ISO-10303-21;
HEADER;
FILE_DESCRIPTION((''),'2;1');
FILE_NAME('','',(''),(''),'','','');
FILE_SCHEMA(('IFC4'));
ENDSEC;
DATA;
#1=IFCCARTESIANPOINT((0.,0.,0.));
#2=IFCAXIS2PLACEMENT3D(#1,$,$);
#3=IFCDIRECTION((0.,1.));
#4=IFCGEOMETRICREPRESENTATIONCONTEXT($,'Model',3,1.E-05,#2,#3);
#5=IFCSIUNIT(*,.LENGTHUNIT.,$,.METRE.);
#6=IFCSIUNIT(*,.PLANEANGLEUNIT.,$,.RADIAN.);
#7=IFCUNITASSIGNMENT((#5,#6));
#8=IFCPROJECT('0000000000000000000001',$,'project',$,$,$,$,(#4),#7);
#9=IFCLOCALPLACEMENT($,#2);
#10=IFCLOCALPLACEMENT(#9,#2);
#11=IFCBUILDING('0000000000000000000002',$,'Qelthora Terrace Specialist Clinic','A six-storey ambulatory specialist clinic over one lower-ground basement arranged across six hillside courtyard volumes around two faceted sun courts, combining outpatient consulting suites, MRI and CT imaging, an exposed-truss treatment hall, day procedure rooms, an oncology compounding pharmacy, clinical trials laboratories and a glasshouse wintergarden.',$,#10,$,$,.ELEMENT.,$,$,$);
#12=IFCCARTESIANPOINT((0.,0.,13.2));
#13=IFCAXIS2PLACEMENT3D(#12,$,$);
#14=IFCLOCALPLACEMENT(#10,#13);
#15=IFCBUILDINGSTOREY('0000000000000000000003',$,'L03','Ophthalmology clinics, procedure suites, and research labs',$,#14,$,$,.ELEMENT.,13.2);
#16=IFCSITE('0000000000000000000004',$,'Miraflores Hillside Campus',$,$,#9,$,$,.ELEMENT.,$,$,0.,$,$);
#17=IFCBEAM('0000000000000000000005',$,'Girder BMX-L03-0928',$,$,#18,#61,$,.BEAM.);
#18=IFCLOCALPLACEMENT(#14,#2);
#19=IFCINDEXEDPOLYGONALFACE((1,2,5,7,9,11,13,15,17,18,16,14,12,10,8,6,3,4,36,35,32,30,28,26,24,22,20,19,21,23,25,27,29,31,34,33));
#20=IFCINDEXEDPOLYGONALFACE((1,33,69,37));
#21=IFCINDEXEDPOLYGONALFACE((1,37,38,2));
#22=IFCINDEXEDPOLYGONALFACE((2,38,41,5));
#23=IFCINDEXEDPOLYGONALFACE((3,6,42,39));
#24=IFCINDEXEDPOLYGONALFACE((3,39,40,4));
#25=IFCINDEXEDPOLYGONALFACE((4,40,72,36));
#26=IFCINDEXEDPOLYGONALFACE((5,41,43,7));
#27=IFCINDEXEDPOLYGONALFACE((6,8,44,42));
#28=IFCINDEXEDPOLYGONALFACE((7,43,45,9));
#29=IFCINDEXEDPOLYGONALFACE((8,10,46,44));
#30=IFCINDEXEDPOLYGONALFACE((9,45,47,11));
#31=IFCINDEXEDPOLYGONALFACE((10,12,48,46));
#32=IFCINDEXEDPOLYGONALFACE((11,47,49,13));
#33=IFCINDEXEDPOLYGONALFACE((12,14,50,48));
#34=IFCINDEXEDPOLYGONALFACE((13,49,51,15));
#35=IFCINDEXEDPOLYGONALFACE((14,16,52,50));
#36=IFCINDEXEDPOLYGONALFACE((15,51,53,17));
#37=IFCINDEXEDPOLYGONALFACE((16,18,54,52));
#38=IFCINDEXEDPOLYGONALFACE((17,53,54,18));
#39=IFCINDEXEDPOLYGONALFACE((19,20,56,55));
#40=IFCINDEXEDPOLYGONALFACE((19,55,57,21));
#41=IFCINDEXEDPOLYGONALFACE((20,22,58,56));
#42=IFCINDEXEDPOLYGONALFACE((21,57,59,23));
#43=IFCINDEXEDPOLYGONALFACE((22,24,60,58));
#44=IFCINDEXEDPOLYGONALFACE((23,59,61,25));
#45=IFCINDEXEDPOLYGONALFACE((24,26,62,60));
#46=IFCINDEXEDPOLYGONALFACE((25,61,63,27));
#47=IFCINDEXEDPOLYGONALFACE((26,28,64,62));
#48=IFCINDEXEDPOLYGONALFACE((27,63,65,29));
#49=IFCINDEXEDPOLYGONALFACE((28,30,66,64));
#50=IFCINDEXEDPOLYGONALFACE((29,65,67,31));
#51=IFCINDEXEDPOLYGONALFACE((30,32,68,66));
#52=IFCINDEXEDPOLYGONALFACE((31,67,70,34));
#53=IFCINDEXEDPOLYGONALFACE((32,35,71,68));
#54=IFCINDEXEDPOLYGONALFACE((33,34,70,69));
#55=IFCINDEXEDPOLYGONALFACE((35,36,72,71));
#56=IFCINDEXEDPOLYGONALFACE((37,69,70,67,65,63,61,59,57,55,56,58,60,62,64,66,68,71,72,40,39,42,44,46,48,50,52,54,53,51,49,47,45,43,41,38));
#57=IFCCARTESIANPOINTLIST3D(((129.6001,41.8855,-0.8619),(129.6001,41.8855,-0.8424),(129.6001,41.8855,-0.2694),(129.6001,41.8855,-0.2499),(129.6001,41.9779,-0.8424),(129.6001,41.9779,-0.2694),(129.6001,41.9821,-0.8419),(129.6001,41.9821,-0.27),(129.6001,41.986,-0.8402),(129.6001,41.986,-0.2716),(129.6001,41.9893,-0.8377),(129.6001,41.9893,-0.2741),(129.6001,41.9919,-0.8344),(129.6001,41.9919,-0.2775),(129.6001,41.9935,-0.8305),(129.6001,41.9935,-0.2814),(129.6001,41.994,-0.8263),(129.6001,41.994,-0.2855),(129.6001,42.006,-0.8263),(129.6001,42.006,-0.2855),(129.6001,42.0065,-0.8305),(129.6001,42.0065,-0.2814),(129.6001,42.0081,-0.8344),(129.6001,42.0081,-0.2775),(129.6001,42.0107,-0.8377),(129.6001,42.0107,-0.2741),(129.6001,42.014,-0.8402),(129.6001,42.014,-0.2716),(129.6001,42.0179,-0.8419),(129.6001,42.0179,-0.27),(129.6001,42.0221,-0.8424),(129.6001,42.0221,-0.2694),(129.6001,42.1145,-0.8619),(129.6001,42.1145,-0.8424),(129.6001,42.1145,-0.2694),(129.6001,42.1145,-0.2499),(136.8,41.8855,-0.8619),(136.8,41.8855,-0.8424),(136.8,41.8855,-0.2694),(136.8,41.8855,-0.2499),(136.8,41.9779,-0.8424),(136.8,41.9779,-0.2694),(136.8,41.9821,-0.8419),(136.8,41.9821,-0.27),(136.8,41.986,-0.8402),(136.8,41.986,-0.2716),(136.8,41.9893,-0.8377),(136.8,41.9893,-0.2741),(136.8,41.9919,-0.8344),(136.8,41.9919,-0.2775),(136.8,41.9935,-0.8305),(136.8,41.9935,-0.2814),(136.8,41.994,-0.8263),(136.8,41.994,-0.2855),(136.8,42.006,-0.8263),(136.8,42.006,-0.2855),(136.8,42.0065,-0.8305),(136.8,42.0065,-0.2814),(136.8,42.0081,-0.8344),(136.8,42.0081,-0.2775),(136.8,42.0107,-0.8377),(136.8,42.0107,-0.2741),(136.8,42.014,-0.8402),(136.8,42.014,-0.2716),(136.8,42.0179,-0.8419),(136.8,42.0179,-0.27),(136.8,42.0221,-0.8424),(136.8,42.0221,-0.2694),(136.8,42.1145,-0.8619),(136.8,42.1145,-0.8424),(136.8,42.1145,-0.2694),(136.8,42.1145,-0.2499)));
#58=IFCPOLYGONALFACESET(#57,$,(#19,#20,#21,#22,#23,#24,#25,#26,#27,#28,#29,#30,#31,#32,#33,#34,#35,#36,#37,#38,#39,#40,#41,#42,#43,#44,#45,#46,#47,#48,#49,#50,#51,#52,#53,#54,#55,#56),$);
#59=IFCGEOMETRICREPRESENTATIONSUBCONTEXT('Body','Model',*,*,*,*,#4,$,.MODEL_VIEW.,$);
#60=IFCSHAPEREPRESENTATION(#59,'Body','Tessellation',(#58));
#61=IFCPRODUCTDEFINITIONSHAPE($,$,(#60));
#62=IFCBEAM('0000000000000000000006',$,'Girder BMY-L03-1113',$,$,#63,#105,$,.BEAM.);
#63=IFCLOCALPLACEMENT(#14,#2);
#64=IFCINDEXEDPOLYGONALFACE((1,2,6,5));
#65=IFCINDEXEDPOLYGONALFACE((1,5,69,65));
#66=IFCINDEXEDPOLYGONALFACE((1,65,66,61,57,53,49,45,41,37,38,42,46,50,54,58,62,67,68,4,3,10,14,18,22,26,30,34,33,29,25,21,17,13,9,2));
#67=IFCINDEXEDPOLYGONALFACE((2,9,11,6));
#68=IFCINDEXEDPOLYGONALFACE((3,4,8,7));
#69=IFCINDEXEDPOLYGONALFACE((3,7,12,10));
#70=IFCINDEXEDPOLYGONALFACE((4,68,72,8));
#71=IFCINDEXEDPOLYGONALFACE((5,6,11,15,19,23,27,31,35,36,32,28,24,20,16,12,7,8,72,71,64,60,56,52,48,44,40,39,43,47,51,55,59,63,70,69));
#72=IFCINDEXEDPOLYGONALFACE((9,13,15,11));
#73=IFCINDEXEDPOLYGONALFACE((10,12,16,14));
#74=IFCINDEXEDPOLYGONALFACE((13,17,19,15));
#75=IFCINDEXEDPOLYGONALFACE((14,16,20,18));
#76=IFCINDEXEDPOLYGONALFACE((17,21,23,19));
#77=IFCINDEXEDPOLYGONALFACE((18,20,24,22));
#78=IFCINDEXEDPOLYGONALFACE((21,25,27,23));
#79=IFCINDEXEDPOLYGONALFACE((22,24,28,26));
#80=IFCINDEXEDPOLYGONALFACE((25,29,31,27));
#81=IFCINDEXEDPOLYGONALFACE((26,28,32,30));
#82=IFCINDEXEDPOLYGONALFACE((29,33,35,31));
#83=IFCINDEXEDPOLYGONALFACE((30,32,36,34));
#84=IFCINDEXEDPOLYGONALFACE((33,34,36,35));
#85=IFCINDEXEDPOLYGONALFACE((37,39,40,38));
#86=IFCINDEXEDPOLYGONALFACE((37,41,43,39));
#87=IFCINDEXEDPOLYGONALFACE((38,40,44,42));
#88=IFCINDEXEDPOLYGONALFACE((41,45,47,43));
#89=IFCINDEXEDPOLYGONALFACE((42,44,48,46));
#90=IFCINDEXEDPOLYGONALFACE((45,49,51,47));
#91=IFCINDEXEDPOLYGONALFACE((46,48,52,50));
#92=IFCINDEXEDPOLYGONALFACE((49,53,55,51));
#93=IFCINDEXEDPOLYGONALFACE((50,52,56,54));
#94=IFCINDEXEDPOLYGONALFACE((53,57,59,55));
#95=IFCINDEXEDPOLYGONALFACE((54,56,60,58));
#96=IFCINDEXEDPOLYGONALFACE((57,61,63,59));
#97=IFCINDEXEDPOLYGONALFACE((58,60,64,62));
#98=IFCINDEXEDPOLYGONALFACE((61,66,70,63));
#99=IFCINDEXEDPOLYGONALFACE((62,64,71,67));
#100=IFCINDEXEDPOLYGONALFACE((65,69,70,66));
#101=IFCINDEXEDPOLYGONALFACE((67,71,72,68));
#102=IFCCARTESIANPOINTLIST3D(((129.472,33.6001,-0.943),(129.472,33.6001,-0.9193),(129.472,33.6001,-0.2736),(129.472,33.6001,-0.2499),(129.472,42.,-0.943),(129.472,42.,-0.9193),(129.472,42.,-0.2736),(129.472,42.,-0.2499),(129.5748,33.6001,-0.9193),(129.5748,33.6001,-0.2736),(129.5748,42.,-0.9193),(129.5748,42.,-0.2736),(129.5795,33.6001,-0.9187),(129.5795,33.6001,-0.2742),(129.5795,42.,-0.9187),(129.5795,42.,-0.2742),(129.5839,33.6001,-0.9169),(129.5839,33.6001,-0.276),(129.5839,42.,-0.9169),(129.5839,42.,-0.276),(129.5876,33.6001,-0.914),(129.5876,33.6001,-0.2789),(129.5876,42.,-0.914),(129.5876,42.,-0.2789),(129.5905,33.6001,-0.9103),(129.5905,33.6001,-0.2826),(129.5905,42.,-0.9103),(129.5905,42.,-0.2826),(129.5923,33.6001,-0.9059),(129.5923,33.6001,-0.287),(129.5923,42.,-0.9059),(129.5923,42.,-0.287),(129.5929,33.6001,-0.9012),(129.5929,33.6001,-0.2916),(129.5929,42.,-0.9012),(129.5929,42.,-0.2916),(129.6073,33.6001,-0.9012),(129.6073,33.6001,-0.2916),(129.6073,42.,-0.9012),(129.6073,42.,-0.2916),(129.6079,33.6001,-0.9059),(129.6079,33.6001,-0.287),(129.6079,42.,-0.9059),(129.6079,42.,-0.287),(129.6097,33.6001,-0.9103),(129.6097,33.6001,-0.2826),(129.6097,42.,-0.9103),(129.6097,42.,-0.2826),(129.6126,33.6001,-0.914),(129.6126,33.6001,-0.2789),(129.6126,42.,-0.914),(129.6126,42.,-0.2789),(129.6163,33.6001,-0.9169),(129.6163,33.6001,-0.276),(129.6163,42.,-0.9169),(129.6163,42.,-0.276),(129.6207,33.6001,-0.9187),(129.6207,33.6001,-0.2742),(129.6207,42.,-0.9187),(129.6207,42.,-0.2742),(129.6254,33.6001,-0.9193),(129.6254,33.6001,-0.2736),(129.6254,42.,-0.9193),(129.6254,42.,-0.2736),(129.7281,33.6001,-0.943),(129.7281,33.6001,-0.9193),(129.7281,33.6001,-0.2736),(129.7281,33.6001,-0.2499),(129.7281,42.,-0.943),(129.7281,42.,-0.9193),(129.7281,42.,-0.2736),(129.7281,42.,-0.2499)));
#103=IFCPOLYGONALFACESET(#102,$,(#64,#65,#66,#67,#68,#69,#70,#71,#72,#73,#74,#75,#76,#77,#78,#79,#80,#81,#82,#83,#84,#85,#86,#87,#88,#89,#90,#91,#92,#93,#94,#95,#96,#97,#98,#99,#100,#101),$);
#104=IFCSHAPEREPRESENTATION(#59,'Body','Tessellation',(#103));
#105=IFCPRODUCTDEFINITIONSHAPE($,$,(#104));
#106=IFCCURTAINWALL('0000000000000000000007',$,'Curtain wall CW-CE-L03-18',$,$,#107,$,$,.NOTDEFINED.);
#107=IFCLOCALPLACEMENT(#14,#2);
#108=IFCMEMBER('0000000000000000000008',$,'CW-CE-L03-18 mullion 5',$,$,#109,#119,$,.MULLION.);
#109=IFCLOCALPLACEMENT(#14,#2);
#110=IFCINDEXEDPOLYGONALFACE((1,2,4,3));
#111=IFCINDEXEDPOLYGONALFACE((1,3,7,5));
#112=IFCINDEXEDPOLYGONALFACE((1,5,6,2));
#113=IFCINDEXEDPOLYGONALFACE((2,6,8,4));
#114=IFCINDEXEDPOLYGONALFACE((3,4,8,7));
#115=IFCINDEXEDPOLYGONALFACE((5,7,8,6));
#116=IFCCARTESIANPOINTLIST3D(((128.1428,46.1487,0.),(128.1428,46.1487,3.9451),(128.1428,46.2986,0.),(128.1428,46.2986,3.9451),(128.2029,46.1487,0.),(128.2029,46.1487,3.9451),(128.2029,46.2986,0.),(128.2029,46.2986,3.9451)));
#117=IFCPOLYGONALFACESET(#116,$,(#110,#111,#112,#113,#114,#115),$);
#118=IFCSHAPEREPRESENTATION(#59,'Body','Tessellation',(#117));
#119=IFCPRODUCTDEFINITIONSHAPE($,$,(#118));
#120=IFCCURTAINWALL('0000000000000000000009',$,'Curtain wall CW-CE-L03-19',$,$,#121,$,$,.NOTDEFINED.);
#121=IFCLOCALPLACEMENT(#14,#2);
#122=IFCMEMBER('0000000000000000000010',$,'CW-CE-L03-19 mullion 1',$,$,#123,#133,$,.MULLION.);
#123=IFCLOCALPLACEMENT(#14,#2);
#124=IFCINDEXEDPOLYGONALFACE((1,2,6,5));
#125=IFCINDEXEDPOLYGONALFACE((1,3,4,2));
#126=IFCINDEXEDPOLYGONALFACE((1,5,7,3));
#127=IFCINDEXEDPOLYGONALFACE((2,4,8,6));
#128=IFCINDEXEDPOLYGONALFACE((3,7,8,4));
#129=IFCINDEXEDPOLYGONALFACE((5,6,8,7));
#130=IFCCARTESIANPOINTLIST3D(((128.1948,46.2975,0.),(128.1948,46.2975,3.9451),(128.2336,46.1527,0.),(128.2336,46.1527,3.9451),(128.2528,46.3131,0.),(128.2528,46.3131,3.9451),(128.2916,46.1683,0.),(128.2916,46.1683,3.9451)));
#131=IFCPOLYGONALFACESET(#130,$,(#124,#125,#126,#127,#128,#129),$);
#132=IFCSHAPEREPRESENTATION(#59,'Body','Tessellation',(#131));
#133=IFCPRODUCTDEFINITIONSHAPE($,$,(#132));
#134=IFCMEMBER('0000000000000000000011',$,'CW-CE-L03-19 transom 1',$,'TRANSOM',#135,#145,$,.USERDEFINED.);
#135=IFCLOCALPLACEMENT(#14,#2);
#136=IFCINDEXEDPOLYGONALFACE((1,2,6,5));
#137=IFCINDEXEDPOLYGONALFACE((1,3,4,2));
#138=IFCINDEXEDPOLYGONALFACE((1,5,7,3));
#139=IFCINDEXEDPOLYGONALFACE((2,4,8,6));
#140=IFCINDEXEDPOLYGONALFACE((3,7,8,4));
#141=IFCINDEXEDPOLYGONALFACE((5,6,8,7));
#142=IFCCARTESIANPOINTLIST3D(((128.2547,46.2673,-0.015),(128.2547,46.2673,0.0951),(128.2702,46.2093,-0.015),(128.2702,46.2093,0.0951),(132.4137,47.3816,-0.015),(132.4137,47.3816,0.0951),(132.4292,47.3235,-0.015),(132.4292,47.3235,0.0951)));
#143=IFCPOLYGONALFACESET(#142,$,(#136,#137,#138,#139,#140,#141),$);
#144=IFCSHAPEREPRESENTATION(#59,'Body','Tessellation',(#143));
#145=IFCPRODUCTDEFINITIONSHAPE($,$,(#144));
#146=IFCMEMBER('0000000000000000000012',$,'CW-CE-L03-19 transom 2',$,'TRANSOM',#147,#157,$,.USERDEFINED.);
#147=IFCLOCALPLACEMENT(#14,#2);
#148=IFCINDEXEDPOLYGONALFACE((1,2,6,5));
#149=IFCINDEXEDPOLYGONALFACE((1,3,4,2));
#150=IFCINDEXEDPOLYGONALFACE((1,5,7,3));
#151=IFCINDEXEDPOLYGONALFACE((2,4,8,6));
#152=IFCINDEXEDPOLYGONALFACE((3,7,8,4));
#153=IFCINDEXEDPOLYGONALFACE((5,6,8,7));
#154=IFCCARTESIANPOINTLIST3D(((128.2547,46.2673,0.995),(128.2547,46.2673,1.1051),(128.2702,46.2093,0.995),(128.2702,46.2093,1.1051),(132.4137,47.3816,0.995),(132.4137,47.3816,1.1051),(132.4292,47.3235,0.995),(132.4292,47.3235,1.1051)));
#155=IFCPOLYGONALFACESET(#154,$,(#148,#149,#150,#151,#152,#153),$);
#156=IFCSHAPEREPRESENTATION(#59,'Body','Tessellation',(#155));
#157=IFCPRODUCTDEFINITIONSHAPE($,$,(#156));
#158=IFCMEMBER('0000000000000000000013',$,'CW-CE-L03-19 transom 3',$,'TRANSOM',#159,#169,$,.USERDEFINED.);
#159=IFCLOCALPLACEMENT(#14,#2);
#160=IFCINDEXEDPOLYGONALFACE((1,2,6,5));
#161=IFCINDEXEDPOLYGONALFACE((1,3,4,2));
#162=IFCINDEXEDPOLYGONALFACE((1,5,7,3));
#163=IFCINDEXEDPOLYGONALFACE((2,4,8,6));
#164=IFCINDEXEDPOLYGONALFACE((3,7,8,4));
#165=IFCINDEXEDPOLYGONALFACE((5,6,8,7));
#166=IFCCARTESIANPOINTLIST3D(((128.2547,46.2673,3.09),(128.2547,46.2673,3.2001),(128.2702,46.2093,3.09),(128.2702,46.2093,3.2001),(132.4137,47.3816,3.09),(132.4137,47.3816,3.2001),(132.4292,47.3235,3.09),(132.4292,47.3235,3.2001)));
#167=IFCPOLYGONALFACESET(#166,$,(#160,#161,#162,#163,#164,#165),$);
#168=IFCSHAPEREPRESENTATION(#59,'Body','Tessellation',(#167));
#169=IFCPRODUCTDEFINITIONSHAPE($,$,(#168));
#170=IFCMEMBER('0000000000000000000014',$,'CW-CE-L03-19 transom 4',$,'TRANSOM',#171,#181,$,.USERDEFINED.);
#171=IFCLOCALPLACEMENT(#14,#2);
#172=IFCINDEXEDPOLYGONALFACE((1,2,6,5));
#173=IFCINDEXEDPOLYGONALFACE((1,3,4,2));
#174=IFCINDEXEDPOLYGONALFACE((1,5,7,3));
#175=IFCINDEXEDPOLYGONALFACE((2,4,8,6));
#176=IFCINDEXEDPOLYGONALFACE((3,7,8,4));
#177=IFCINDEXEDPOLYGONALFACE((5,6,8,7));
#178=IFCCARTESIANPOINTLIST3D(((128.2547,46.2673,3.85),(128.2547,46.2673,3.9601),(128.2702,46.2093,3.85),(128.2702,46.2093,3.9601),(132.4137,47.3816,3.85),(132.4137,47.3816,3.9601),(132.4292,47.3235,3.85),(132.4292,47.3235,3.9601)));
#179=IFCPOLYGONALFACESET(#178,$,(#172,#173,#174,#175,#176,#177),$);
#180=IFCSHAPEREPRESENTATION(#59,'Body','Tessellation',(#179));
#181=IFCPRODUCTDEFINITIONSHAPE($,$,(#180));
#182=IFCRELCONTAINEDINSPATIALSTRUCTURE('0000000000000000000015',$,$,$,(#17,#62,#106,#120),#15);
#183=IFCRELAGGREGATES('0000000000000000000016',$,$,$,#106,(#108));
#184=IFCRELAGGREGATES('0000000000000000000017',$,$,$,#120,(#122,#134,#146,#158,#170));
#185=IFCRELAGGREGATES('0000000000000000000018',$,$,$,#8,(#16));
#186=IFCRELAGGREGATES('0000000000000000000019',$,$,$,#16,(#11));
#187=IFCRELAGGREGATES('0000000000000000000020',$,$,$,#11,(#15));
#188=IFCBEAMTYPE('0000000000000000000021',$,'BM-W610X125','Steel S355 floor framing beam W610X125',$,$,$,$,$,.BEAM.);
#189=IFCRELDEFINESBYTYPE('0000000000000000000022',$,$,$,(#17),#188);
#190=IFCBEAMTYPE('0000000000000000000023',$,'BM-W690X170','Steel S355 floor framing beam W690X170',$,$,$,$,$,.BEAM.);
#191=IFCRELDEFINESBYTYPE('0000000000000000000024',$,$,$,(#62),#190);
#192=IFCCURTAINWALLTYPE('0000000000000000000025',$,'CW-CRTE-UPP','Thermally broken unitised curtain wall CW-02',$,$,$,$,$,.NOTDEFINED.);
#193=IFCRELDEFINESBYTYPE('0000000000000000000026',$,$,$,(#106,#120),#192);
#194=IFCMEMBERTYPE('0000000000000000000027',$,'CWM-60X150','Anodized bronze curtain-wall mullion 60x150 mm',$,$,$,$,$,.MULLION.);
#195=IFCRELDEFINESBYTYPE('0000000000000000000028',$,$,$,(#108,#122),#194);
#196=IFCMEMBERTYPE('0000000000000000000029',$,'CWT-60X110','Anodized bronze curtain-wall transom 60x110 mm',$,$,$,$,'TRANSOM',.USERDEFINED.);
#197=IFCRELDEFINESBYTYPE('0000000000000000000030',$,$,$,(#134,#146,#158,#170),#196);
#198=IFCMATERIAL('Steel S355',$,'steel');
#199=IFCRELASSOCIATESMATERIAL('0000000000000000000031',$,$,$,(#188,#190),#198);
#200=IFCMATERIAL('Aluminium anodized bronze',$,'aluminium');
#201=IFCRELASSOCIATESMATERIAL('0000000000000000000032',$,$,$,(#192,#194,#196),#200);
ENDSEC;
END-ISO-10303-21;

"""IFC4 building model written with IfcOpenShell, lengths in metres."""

from ifc_helpers import new_model, si_unit, direction, frame, origin, origin_2d, place, context, subcontext, project, spatial, rectangle, i_section, extrude, material, material_profile, profile_set, type_object, element, aggregate, save


model = new_model("IFC4")

# Units and contexts
model_context = context("Model", 3, precision=1e-05, world=origin(), true_north=direction((0.0, 1.0)))
body_context = subcontext(model_context, "Body", "Model", "MODEL_VIEW")
ifc_project = project(units=[si_unit("LENGTHUNIT", "METRE"), si_unit("PLANEANGLEUNIT", "RADIAN")], contexts=[model_context])

# Site, building, storey
site_placement = place(None, origin())
site = spatial("IfcSite", under=ifc_project, at=site_placement, Name="Miraflores Hillside Campus", CompositionType="ELEMENT", RefElevation=0.0)
building_placement = place(site_placement, origin())
building = spatial("IfcBuilding", under=site, at=building_placement, Name="Qelthora Terrace Specialist Clinic", Description="A six-storey ambulatory specialist clinic over one lower-ground basement arranged across six hillside courtyard volumes around two faceted sun courts, combining outpatient consulting suites, MRI and CT imaging, an exposed-truss treatment hall, day procedure rooms, an oncology compounding pharmacy, clinical trials laboratories and a glasshouse wintergarden.", CompositionType="ELEMENT")
storey_placement = place(building_placement, frame((0.0, 0.0, 13.2)))
storey = spatial("IfcBuildingStorey", under=building, at=storey_placement, Name="L03", Description="Ophthalmology clinics, procedure suites, and research labs", CompositionType="ELEMENT", Elevation=13.2)

# Shared definitions
ifc_material_1 = material(Name="Steel S355", Category="steel")

# Beams
ifc_material_profile_1 = material_profile(ifc_material_1, i_section(OverallWidth=0.229, OverallDepth=0.6121, WebThickness=0.012, FlangeThickness=0.0195, FilletRadius=0.0161, at=origin_2d()), Name="W610X125")
ifc_profile_set_1 = profile_set([ifc_material_profile_1], Name="Steel S355")
beam_type_1 = type_object("IfcBeamType", Name="BM-W610X125", Description="Steel S355 floor framing beam W610X125", PredefinedType="BEAM", material=ifc_profile_set_1)
beam_1_placement = place(storey_placement, frame((129.6001, 42.0, -0.5559), z_axis=(1.0, 0.0, 0.0), x_axis=(0.0, 1.0, 0.0)))
element("IfcBeam", 1, at=beam_1_placement, inside=storey, type_object=beam_type_1, Name="Girder BMX-L03-0928", PredefinedType="BEAM", context=body_context, shape_type="SweptSolid", body=[
    extrude(i_section(OverallWidth=0.229, OverallDepth=0.6121, WebThickness=0.012, FlangeThickness=0.0195, FilletRadius=0.0161, at=origin_2d()), origin(), (0.0, 0.0, 1.0), 7.2),
])
ifc_material_profile_2 = material_profile(ifc_material_1, i_section(OverallWidth=0.2561, OverallDepth=0.6931, WebThickness=0.0144, FlangeThickness=0.0237, FilletRadius=0.0181, at=origin_2d()), Name="W690X170")
ifc_profile_set_2 = profile_set([ifc_material_profile_2], Name="Steel S355")
beam_type_2 = type_object("IfcBeamType", Name="BM-W690X170", Description="Steel S355 floor framing beam W690X170", PredefinedType="BEAM", material=ifc_profile_set_2)
beam_2_placement = place(storey_placement, frame((129.6001, 33.6001, -0.5964), z_axis=(0.0, 1.0, 0.0), x_axis=(-1.0, 0.0, 0.0)))
element("IfcBeam", 2, at=beam_2_placement, inside=storey, type_object=beam_type_2, Name="Girder BMY-L03-1113", PredefinedType="BEAM", context=body_context, shape_type="SweptSolid", body=[
    extrude(i_section(OverallWidth=0.2561, OverallDepth=0.6931, WebThickness=0.0144, FlangeThickness=0.0237, FilletRadius=0.0181, at=origin_2d()), origin(), (0.0, 0.0, 1.0), 8.3999),
])

# Curtain wall, member
ifc_material_2 = material(Name="Aluminium anodized bronze", Category="aluminium")
curtain_wall_type = type_object("IfcCurtainWallType", Name="CW-CRTE-UPP", Description="Thermally broken unitised curtain wall CW-02", PredefinedType="NOTDEFINED", material=ifc_material_2)
curtain_wall_1_placement = place(storey_placement, origin())
curtain_wall_1 = element("IfcCurtainWall", 3, at=curtain_wall_1_placement, inside=storey, type_object=curtain_wall_type, Name="Curtain wall CW-CE-L03-18", PredefinedType="NOTDEFINED")
ifc_material_profile_3 = material_profile(ifc_material_2, rectangle(XDim=0.0601, YDim=0.1499, at=origin_2d()), Name="CWM60X150")
ifc_profile_set_3 = profile_set([ifc_material_profile_3], Name="Aluminium anodized bronze")
member_type_1 = type_object("IfcMemberType", Name="CWM-60X150", Description="Anodized bronze curtain-wall mullion 60x150 mm", PredefinedType="MULLION", material=ifc_profile_set_3)
member_1_placement = place(storey_placement, frame((128.1729, 46.2236, 0.0), z_axis=(0.0, 0.0, 1.0), x_axis=(1.0, 0.0, 0.0)))
member_1 = element("IfcMember", 4, at=member_1_placement, type_object=member_type_1, Name="CW-CE-L03-18 mullion 5", PredefinedType="MULLION", context=body_context, shape_type="SweptSolid", body=[
    extrude(rectangle(XDim=0.0601, YDim=0.1499, at=origin_2d()), origin(), (0.0, 0.0, 1.0), 3.9451),
])

# Curtain wall, members
curtain_wall_2_placement = place(storey_placement, origin())
curtain_wall_2 = element("IfcCurtainWall", 5, at=curtain_wall_2_placement, inside=storey, type_object=curtain_wall_type, Name="Curtain wall CW-CE-L03-19", PredefinedType="NOTDEFINED")
member_2_placement = place(storey_placement, frame((128.2432, 46.2329, 0.0), z_axis=(0.0, 0.0, 1.0), x_axis=(0.965926, 0.25882, 0.0)))
member_2 = element("IfcMember", 6, at=member_2_placement, type_object=member_type_1, Name="CW-CE-L03-19 mullion 1", PredefinedType="MULLION", context=body_context, shape_type="SweptSolid", body=[
    extrude(rectangle(XDim=0.0601, YDim=0.1499, at=origin_2d()), origin(), (0.0, 0.0, 1.0), 3.9451),
])
ifc_material_profile_4 = material_profile(ifc_material_2, rectangle(XDim=0.0601, YDim=0.1101, at=origin_2d()), Name="CWT60X110")
ifc_profile_set_4 = profile_set([ifc_material_profile_4], Name="Aluminium anodized bronze")
member_type_2 = type_object("IfcMemberType", Name="CWT-60X110", Description="Anodized bronze curtain-wall transom 60x110 mm", ElementType="TRANSOM", PredefinedType="USERDEFINED", material=ifc_profile_set_4)
member_3_placement = place(storey_placement, frame((128.2625, 46.2383, 0.04), z_axis=(0.965933, 0.258792, 0.0), x_axis=(-0.258792, 0.965933, 0.0)))
member_3 = element("IfcMember", 7, at=member_3_placement, type_object=member_type_2, Name="CW-CE-L03-19 transom 1", ObjectType="TRANSOM", PredefinedType="USERDEFINED", context=body_context, shape_type="SweptSolid", body=[
    extrude(rectangle(XDim=0.0601, YDim=0.1101, at=origin_2d()), origin(), (0.0, 0.0, 1.0), 4.3057),
])
member_4_placement = place(storey_placement, frame((128.2625, 46.2383, 1.05), z_axis=(0.965933, 0.258792, 0.0), x_axis=(-0.258792, 0.965933, 0.0)))
member_4 = element("IfcMember", 8, at=member_4_placement, type_object=member_type_2, Name="CW-CE-L03-19 transom 2", ObjectType="TRANSOM", PredefinedType="USERDEFINED", context=body_context, shape_type="SweptSolid", body=[
    extrude(rectangle(XDim=0.0601, YDim=0.1101, at=origin_2d()), origin(), (0.0, 0.0, 1.0), 4.3057),
])
member_5_placement = place(storey_placement, frame((128.2625, 46.2383, 3.145), z_axis=(0.965933, 0.258792, 0.0), x_axis=(-0.258792, 0.965933, 0.0)))
member_5 = element("IfcMember", 9, at=member_5_placement, type_object=member_type_2, Name="CW-CE-L03-19 transom 3", ObjectType="TRANSOM", PredefinedType="USERDEFINED", context=body_context, shape_type="SweptSolid", body=[
    extrude(rectangle(XDim=0.0601, YDim=0.1101, at=origin_2d()), origin(), (0.0, 0.0, 1.0), 4.3057),
])
member_6_placement = place(storey_placement, frame((128.2625, 46.2383, 3.905), z_axis=(0.965933, 0.258792, 0.0), x_axis=(-0.258792, 0.965933, 0.0)))
member_6 = element("IfcMember", 10, at=member_6_placement, type_object=member_type_2, Name="CW-CE-L03-19 transom 4", ObjectType="TRANSOM", PredefinedType="USERDEFINED", context=body_context, shape_type="SweptSolid", body=[
    extrude(rectangle(XDim=0.0601, YDim=0.1101, at=origin_2d()), origin(), (0.0, 0.0, 1.0), 4.3057),
])

aggregate(curtain_wall_1, [member_1])
aggregate(curtain_wall_2, [member_2, member_3, member_4, member_5, member_6])

save(model, "model.ifc")
